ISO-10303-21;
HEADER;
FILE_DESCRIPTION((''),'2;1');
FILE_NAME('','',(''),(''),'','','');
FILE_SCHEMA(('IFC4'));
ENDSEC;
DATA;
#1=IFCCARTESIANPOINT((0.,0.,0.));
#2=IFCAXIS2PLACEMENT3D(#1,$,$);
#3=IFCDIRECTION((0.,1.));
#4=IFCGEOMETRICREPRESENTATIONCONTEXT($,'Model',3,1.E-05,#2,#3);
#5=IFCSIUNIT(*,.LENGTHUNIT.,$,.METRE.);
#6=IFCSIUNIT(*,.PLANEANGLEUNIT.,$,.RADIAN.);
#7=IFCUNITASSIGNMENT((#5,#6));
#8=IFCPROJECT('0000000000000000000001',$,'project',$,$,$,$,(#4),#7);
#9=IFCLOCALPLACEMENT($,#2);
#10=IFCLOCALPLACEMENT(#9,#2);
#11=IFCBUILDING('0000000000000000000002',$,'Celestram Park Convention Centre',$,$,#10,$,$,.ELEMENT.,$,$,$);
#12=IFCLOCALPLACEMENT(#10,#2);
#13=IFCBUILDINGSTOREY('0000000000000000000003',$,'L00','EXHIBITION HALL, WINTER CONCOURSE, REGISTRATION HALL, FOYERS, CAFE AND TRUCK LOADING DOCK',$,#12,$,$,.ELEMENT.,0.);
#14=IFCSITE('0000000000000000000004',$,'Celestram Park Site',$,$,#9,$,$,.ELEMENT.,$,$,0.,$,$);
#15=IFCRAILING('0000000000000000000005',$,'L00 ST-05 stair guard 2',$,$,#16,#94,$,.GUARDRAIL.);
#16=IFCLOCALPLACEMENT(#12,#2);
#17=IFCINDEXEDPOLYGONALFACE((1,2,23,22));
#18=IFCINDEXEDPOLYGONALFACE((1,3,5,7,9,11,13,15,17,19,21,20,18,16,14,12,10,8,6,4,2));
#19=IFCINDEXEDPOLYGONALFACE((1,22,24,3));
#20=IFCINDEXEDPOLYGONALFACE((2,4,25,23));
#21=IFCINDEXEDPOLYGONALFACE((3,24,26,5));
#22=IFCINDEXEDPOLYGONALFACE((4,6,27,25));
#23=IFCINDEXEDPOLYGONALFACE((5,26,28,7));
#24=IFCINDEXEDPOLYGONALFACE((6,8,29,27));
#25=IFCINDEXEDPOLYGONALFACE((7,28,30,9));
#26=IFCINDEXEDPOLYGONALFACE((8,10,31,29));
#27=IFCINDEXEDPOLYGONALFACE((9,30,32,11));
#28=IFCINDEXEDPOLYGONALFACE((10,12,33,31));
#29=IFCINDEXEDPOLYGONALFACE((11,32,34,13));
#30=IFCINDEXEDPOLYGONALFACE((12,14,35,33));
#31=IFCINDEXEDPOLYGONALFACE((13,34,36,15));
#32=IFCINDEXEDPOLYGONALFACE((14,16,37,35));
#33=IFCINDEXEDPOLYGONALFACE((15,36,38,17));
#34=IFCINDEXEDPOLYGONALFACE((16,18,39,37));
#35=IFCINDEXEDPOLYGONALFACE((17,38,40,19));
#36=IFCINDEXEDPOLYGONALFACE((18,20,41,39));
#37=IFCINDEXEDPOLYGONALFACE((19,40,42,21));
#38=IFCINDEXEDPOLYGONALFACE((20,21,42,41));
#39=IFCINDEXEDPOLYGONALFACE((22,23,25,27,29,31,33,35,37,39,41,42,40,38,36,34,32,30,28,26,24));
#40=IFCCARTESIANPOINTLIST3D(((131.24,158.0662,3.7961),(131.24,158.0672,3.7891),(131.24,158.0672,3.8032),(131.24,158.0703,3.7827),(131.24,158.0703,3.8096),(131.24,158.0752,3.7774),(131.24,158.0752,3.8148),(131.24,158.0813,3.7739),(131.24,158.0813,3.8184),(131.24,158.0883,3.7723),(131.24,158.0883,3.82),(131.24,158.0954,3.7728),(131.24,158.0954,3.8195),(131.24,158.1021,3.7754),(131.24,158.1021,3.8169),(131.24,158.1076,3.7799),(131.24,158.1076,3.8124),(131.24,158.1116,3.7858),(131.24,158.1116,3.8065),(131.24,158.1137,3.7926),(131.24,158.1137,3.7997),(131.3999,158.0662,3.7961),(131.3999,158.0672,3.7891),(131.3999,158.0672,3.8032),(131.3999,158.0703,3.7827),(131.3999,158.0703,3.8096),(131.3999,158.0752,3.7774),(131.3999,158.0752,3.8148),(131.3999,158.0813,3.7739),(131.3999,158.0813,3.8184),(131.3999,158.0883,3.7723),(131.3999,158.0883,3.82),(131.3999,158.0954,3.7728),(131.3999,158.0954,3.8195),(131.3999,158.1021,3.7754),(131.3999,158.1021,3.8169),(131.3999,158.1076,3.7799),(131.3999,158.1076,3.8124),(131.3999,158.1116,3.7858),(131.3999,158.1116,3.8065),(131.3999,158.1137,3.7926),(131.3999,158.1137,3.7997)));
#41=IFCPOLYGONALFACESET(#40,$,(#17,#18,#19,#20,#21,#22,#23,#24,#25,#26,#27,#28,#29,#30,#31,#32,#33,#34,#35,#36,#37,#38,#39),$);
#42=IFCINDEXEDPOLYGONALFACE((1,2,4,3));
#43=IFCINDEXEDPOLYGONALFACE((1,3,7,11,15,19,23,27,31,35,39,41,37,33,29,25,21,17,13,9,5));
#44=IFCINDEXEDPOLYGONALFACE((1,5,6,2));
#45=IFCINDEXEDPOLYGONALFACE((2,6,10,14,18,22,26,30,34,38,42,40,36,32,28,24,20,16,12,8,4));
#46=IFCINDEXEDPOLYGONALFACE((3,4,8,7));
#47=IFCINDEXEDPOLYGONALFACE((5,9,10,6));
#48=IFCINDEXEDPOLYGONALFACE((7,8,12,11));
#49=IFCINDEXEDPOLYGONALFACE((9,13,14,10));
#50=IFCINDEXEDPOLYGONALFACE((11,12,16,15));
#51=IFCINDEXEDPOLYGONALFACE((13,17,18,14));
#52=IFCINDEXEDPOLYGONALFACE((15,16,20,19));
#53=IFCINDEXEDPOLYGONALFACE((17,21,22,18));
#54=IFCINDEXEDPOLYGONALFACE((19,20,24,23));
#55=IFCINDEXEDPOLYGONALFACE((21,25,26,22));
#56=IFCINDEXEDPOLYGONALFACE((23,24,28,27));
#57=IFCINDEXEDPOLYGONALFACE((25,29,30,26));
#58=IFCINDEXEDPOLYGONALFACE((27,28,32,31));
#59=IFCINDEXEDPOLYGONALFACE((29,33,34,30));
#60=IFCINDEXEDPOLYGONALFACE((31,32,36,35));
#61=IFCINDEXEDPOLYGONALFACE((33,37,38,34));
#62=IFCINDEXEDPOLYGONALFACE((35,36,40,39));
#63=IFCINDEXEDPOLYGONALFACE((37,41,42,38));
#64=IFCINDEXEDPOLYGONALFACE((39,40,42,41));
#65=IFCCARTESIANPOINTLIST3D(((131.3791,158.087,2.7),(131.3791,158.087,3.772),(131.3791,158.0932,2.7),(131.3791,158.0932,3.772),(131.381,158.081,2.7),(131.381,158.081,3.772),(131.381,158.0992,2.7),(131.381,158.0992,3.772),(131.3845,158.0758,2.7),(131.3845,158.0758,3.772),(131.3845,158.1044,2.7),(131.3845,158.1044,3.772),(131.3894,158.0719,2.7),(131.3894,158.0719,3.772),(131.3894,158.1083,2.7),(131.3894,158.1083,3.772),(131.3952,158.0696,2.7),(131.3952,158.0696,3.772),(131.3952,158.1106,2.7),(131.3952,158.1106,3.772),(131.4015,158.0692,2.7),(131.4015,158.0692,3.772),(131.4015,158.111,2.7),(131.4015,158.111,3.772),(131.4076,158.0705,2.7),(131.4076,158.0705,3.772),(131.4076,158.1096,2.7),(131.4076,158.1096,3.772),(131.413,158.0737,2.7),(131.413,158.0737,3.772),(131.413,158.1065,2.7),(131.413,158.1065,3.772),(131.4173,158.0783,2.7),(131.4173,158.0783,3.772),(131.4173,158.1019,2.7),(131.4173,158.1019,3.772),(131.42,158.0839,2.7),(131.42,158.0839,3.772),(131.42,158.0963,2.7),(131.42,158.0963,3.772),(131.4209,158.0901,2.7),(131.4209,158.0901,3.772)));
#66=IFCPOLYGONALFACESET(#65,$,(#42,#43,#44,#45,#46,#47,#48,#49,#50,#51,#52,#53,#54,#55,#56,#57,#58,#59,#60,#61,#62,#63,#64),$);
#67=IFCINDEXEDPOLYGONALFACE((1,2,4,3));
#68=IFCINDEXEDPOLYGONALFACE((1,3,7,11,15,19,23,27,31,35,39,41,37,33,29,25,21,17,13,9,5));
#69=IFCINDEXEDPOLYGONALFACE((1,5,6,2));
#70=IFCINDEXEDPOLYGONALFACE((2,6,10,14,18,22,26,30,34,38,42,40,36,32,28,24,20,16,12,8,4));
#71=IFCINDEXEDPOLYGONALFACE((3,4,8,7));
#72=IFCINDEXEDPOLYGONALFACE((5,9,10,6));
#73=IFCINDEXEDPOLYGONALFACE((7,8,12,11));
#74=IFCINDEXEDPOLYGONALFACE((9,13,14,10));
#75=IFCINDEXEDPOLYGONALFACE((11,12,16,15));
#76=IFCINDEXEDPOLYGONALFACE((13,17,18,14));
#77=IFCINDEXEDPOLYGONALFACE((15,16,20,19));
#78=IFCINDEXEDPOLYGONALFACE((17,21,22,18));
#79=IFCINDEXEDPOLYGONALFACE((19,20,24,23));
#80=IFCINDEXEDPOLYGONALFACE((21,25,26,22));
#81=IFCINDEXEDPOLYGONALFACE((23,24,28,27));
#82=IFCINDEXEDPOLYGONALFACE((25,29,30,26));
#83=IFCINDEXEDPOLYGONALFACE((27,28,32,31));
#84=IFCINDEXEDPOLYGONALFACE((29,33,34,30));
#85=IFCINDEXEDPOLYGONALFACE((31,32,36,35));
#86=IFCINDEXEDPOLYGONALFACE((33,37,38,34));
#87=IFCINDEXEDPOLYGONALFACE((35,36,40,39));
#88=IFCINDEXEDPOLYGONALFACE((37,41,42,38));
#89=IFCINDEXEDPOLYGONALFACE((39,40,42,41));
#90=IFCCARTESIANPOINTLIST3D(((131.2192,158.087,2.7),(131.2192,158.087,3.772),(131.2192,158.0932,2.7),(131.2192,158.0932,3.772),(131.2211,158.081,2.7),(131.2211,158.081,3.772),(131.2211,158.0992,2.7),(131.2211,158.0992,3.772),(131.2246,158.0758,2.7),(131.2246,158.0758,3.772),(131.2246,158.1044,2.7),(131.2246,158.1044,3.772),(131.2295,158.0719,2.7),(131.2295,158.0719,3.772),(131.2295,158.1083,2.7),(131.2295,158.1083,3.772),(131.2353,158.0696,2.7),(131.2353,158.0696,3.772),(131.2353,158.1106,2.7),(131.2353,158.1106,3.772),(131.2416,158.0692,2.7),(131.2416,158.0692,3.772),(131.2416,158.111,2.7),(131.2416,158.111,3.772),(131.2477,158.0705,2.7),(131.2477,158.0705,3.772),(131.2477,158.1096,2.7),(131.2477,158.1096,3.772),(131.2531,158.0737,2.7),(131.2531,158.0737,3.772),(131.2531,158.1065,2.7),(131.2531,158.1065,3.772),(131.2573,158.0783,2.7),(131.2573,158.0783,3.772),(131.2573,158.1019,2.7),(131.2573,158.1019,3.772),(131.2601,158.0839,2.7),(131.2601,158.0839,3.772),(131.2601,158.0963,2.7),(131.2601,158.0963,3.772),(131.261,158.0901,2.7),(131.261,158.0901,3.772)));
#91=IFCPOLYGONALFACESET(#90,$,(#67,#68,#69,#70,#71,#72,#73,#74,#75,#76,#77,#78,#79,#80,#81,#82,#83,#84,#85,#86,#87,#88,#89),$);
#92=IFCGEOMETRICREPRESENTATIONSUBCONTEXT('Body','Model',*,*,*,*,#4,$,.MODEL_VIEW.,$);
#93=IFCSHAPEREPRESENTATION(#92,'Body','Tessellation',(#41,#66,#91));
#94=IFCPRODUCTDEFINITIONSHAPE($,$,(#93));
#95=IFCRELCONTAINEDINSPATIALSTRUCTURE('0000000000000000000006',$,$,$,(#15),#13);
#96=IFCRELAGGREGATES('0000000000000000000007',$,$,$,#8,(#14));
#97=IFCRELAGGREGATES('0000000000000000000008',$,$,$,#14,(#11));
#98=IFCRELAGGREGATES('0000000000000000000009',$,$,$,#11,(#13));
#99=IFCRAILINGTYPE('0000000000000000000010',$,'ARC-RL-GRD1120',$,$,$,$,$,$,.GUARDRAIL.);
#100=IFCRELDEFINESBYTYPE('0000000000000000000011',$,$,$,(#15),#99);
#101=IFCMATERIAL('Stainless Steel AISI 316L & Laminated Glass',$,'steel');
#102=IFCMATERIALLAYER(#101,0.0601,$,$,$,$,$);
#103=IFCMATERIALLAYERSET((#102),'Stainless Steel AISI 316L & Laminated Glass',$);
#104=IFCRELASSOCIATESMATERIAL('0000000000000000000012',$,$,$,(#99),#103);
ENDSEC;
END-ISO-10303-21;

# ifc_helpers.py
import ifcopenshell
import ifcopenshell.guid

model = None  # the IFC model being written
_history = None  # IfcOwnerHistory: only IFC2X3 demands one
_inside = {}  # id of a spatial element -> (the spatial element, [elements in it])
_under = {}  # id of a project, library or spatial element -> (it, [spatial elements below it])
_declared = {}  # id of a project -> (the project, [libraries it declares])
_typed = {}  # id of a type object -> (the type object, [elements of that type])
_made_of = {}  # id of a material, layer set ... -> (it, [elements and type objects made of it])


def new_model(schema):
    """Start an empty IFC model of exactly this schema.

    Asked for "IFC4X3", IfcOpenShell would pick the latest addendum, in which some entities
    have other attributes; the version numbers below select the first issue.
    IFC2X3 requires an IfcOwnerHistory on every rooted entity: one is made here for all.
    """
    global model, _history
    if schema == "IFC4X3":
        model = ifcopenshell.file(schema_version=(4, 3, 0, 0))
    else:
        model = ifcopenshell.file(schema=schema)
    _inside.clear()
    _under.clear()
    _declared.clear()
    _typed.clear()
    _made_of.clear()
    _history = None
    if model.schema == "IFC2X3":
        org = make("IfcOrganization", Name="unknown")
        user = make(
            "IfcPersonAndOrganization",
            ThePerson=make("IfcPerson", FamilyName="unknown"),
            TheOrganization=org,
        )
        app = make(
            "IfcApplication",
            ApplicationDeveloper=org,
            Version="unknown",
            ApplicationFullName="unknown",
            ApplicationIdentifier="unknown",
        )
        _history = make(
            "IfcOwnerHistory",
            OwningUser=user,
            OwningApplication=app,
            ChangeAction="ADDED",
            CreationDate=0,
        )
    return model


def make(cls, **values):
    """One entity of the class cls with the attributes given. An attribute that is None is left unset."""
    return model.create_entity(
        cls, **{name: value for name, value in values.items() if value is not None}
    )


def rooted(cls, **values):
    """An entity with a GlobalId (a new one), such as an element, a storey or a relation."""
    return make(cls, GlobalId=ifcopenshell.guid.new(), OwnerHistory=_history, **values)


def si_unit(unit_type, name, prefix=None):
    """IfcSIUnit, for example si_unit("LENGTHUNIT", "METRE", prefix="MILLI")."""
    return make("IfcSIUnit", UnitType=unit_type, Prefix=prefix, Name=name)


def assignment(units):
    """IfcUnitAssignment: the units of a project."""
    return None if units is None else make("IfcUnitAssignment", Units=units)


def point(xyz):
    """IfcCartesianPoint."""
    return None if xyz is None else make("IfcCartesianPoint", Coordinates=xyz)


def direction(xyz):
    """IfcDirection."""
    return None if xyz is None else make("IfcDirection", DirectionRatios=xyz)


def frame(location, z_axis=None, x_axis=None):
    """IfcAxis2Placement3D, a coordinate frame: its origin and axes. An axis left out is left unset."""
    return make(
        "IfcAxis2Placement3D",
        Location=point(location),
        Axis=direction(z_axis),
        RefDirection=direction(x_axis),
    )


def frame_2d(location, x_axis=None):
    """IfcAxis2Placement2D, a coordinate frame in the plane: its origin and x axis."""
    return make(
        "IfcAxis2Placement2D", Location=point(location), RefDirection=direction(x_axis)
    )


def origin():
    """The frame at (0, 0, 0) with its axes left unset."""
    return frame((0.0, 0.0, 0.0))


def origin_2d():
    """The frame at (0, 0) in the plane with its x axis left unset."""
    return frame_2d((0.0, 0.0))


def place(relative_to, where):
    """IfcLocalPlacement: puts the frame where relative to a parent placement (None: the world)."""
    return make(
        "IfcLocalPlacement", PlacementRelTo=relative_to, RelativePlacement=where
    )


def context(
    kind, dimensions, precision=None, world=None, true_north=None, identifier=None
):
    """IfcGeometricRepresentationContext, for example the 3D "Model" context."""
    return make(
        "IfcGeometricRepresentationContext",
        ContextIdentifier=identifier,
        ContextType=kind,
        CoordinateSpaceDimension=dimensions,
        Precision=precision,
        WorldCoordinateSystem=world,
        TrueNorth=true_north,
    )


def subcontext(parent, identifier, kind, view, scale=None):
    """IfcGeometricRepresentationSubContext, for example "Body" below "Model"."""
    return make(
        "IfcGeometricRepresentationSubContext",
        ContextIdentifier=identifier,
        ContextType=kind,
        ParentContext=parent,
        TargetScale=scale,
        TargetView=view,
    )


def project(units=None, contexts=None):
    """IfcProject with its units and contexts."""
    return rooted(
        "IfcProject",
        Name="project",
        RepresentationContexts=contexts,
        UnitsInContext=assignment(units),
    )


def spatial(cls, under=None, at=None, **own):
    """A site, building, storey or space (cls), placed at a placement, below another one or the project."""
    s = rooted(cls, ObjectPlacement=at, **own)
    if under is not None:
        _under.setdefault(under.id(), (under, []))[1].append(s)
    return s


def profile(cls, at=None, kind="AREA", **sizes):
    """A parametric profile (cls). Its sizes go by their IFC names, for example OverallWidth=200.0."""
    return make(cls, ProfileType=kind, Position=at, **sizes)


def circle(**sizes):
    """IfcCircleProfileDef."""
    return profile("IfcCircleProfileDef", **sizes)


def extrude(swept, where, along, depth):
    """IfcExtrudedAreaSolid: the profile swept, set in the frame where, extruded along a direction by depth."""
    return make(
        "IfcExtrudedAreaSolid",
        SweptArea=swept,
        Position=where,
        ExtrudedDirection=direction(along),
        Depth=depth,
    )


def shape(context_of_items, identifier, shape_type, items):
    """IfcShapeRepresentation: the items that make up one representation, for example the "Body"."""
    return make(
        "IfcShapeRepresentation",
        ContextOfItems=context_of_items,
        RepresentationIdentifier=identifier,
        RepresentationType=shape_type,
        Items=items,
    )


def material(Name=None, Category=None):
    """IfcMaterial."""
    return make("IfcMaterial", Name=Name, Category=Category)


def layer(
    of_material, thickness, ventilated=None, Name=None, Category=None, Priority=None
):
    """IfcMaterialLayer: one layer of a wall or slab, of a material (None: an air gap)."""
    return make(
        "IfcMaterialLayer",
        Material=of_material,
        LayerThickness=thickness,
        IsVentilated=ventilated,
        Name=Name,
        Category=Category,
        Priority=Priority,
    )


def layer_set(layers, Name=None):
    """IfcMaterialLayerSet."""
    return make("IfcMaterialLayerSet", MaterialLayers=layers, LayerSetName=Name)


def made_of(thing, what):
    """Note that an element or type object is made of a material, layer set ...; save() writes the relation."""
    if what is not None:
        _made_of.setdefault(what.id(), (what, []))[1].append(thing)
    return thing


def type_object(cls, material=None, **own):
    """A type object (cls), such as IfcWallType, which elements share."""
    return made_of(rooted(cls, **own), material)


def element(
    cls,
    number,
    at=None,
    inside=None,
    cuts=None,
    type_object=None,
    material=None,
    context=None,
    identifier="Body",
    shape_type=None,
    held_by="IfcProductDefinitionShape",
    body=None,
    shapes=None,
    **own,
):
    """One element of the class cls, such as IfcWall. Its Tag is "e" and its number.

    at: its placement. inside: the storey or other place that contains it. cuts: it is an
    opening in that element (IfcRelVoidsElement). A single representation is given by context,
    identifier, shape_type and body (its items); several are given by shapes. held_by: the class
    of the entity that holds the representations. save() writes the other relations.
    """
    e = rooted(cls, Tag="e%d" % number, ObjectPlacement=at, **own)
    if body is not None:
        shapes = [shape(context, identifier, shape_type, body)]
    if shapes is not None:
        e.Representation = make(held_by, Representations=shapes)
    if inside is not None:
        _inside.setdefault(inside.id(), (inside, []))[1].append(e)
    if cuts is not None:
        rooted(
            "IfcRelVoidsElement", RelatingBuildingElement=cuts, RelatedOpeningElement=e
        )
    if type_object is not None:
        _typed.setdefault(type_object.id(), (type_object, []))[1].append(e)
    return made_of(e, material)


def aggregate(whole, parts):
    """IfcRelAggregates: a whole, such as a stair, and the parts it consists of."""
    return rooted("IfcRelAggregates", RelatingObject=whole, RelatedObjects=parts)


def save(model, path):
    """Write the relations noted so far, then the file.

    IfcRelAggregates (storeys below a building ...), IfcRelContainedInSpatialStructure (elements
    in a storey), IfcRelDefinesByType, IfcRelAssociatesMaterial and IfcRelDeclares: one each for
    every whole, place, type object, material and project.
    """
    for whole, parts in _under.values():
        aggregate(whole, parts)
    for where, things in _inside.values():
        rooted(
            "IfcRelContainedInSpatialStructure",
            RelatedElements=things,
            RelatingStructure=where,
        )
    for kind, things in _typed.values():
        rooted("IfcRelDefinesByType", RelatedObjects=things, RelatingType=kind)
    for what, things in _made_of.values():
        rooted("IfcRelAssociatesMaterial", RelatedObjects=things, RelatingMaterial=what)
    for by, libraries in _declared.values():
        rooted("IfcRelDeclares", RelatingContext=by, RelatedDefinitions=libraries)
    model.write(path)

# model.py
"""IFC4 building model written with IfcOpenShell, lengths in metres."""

from ifc_helpers import new_model, si_unit, direction, frame, origin, origin_2d, place, context, subcontext, project, spatial, circle, extrude, material, layer, layer_set, type_object, element, save


model = new_model("IFC4")

# Units and contexts
model_context = context("Model", 3, precision=1e-05, world=origin(), true_north=direction((0.0, 1.0)))
body_context = subcontext(model_context, "Body", "Model", "MODEL_VIEW")
ifc_project = project(units=[si_unit("LENGTHUNIT", "METRE"), si_unit("PLANEANGLEUNIT", "RADIAN")], contexts=[model_context])

# Site, building, storey
site_placement = place(None, origin())
site = spatial("IfcSite", under=ifc_project, at=site_placement, Name="Celestram Park Site", CompositionType="ELEMENT", RefElevation=0.0)
building_placement = place(site_placement, origin())
building = spatial("IfcBuilding", under=site, at=building_placement, Name="Celestram Park Convention Centre", CompositionType="ELEMENT")
storey_placement = place(building_placement, origin())
storey = spatial("IfcBuildingStorey", under=building, at=storey_placement, Name="L00", Description="EXHIBITION HALL, WINTER CONCOURSE, REGISTRATION HALL, FOYERS, CAFE AND TRUCK LOADING DOCK", CompositionType="ELEMENT", Elevation=0.0)

# Railing
ifc_material_1 = material(Name="Stainless Steel AISI 316L & Laminated Glass", Category="steel")
ifc_layer_1 = layer(ifc_material_1, 0.0601)
ifc_layer_set_1 = layer_set([ifc_layer_1], Name="Stainless Steel AISI 316L & Laminated Glass")
railing_type_1 = type_object("IfcRailingType", Name="ARC-RL-GRD1120", PredefinedType="GUARDRAIL", material=ifc_layer_set_1)
railing_1_placement = place(storey_placement, frame((131.3999, 158.0901, 2.7)))
element("IfcRailing", 1, at=railing_1_placement, inside=storey, type_object=railing_type_1, Name="L00 ST-05 stair guard 2", PredefinedType="GUARDRAIL", context=body_context, shape_type="SweptSolid", body=[
    extrude(circle(Radius=0.0239, at=origin_2d()), frame((0.0, 0.0, 1.0962), z_axis=(-1.0, 0.0, 0.0), x_axis=(0.0, -1.0, 0.0)), (0.0, 0.0, 1.0), 0.1599),
    extrude(circle(Radius=0.021, at=origin_2d()), origin(), (0.0, 0.0, 1.0), 1.072),
    extrude(circle(Radius=0.021, at=origin_2d()), frame((-0.1599, 0.0, 0.0)), (0.0, 0.0, 1.0), 1.072),
])

save(model, "model.ifc")
